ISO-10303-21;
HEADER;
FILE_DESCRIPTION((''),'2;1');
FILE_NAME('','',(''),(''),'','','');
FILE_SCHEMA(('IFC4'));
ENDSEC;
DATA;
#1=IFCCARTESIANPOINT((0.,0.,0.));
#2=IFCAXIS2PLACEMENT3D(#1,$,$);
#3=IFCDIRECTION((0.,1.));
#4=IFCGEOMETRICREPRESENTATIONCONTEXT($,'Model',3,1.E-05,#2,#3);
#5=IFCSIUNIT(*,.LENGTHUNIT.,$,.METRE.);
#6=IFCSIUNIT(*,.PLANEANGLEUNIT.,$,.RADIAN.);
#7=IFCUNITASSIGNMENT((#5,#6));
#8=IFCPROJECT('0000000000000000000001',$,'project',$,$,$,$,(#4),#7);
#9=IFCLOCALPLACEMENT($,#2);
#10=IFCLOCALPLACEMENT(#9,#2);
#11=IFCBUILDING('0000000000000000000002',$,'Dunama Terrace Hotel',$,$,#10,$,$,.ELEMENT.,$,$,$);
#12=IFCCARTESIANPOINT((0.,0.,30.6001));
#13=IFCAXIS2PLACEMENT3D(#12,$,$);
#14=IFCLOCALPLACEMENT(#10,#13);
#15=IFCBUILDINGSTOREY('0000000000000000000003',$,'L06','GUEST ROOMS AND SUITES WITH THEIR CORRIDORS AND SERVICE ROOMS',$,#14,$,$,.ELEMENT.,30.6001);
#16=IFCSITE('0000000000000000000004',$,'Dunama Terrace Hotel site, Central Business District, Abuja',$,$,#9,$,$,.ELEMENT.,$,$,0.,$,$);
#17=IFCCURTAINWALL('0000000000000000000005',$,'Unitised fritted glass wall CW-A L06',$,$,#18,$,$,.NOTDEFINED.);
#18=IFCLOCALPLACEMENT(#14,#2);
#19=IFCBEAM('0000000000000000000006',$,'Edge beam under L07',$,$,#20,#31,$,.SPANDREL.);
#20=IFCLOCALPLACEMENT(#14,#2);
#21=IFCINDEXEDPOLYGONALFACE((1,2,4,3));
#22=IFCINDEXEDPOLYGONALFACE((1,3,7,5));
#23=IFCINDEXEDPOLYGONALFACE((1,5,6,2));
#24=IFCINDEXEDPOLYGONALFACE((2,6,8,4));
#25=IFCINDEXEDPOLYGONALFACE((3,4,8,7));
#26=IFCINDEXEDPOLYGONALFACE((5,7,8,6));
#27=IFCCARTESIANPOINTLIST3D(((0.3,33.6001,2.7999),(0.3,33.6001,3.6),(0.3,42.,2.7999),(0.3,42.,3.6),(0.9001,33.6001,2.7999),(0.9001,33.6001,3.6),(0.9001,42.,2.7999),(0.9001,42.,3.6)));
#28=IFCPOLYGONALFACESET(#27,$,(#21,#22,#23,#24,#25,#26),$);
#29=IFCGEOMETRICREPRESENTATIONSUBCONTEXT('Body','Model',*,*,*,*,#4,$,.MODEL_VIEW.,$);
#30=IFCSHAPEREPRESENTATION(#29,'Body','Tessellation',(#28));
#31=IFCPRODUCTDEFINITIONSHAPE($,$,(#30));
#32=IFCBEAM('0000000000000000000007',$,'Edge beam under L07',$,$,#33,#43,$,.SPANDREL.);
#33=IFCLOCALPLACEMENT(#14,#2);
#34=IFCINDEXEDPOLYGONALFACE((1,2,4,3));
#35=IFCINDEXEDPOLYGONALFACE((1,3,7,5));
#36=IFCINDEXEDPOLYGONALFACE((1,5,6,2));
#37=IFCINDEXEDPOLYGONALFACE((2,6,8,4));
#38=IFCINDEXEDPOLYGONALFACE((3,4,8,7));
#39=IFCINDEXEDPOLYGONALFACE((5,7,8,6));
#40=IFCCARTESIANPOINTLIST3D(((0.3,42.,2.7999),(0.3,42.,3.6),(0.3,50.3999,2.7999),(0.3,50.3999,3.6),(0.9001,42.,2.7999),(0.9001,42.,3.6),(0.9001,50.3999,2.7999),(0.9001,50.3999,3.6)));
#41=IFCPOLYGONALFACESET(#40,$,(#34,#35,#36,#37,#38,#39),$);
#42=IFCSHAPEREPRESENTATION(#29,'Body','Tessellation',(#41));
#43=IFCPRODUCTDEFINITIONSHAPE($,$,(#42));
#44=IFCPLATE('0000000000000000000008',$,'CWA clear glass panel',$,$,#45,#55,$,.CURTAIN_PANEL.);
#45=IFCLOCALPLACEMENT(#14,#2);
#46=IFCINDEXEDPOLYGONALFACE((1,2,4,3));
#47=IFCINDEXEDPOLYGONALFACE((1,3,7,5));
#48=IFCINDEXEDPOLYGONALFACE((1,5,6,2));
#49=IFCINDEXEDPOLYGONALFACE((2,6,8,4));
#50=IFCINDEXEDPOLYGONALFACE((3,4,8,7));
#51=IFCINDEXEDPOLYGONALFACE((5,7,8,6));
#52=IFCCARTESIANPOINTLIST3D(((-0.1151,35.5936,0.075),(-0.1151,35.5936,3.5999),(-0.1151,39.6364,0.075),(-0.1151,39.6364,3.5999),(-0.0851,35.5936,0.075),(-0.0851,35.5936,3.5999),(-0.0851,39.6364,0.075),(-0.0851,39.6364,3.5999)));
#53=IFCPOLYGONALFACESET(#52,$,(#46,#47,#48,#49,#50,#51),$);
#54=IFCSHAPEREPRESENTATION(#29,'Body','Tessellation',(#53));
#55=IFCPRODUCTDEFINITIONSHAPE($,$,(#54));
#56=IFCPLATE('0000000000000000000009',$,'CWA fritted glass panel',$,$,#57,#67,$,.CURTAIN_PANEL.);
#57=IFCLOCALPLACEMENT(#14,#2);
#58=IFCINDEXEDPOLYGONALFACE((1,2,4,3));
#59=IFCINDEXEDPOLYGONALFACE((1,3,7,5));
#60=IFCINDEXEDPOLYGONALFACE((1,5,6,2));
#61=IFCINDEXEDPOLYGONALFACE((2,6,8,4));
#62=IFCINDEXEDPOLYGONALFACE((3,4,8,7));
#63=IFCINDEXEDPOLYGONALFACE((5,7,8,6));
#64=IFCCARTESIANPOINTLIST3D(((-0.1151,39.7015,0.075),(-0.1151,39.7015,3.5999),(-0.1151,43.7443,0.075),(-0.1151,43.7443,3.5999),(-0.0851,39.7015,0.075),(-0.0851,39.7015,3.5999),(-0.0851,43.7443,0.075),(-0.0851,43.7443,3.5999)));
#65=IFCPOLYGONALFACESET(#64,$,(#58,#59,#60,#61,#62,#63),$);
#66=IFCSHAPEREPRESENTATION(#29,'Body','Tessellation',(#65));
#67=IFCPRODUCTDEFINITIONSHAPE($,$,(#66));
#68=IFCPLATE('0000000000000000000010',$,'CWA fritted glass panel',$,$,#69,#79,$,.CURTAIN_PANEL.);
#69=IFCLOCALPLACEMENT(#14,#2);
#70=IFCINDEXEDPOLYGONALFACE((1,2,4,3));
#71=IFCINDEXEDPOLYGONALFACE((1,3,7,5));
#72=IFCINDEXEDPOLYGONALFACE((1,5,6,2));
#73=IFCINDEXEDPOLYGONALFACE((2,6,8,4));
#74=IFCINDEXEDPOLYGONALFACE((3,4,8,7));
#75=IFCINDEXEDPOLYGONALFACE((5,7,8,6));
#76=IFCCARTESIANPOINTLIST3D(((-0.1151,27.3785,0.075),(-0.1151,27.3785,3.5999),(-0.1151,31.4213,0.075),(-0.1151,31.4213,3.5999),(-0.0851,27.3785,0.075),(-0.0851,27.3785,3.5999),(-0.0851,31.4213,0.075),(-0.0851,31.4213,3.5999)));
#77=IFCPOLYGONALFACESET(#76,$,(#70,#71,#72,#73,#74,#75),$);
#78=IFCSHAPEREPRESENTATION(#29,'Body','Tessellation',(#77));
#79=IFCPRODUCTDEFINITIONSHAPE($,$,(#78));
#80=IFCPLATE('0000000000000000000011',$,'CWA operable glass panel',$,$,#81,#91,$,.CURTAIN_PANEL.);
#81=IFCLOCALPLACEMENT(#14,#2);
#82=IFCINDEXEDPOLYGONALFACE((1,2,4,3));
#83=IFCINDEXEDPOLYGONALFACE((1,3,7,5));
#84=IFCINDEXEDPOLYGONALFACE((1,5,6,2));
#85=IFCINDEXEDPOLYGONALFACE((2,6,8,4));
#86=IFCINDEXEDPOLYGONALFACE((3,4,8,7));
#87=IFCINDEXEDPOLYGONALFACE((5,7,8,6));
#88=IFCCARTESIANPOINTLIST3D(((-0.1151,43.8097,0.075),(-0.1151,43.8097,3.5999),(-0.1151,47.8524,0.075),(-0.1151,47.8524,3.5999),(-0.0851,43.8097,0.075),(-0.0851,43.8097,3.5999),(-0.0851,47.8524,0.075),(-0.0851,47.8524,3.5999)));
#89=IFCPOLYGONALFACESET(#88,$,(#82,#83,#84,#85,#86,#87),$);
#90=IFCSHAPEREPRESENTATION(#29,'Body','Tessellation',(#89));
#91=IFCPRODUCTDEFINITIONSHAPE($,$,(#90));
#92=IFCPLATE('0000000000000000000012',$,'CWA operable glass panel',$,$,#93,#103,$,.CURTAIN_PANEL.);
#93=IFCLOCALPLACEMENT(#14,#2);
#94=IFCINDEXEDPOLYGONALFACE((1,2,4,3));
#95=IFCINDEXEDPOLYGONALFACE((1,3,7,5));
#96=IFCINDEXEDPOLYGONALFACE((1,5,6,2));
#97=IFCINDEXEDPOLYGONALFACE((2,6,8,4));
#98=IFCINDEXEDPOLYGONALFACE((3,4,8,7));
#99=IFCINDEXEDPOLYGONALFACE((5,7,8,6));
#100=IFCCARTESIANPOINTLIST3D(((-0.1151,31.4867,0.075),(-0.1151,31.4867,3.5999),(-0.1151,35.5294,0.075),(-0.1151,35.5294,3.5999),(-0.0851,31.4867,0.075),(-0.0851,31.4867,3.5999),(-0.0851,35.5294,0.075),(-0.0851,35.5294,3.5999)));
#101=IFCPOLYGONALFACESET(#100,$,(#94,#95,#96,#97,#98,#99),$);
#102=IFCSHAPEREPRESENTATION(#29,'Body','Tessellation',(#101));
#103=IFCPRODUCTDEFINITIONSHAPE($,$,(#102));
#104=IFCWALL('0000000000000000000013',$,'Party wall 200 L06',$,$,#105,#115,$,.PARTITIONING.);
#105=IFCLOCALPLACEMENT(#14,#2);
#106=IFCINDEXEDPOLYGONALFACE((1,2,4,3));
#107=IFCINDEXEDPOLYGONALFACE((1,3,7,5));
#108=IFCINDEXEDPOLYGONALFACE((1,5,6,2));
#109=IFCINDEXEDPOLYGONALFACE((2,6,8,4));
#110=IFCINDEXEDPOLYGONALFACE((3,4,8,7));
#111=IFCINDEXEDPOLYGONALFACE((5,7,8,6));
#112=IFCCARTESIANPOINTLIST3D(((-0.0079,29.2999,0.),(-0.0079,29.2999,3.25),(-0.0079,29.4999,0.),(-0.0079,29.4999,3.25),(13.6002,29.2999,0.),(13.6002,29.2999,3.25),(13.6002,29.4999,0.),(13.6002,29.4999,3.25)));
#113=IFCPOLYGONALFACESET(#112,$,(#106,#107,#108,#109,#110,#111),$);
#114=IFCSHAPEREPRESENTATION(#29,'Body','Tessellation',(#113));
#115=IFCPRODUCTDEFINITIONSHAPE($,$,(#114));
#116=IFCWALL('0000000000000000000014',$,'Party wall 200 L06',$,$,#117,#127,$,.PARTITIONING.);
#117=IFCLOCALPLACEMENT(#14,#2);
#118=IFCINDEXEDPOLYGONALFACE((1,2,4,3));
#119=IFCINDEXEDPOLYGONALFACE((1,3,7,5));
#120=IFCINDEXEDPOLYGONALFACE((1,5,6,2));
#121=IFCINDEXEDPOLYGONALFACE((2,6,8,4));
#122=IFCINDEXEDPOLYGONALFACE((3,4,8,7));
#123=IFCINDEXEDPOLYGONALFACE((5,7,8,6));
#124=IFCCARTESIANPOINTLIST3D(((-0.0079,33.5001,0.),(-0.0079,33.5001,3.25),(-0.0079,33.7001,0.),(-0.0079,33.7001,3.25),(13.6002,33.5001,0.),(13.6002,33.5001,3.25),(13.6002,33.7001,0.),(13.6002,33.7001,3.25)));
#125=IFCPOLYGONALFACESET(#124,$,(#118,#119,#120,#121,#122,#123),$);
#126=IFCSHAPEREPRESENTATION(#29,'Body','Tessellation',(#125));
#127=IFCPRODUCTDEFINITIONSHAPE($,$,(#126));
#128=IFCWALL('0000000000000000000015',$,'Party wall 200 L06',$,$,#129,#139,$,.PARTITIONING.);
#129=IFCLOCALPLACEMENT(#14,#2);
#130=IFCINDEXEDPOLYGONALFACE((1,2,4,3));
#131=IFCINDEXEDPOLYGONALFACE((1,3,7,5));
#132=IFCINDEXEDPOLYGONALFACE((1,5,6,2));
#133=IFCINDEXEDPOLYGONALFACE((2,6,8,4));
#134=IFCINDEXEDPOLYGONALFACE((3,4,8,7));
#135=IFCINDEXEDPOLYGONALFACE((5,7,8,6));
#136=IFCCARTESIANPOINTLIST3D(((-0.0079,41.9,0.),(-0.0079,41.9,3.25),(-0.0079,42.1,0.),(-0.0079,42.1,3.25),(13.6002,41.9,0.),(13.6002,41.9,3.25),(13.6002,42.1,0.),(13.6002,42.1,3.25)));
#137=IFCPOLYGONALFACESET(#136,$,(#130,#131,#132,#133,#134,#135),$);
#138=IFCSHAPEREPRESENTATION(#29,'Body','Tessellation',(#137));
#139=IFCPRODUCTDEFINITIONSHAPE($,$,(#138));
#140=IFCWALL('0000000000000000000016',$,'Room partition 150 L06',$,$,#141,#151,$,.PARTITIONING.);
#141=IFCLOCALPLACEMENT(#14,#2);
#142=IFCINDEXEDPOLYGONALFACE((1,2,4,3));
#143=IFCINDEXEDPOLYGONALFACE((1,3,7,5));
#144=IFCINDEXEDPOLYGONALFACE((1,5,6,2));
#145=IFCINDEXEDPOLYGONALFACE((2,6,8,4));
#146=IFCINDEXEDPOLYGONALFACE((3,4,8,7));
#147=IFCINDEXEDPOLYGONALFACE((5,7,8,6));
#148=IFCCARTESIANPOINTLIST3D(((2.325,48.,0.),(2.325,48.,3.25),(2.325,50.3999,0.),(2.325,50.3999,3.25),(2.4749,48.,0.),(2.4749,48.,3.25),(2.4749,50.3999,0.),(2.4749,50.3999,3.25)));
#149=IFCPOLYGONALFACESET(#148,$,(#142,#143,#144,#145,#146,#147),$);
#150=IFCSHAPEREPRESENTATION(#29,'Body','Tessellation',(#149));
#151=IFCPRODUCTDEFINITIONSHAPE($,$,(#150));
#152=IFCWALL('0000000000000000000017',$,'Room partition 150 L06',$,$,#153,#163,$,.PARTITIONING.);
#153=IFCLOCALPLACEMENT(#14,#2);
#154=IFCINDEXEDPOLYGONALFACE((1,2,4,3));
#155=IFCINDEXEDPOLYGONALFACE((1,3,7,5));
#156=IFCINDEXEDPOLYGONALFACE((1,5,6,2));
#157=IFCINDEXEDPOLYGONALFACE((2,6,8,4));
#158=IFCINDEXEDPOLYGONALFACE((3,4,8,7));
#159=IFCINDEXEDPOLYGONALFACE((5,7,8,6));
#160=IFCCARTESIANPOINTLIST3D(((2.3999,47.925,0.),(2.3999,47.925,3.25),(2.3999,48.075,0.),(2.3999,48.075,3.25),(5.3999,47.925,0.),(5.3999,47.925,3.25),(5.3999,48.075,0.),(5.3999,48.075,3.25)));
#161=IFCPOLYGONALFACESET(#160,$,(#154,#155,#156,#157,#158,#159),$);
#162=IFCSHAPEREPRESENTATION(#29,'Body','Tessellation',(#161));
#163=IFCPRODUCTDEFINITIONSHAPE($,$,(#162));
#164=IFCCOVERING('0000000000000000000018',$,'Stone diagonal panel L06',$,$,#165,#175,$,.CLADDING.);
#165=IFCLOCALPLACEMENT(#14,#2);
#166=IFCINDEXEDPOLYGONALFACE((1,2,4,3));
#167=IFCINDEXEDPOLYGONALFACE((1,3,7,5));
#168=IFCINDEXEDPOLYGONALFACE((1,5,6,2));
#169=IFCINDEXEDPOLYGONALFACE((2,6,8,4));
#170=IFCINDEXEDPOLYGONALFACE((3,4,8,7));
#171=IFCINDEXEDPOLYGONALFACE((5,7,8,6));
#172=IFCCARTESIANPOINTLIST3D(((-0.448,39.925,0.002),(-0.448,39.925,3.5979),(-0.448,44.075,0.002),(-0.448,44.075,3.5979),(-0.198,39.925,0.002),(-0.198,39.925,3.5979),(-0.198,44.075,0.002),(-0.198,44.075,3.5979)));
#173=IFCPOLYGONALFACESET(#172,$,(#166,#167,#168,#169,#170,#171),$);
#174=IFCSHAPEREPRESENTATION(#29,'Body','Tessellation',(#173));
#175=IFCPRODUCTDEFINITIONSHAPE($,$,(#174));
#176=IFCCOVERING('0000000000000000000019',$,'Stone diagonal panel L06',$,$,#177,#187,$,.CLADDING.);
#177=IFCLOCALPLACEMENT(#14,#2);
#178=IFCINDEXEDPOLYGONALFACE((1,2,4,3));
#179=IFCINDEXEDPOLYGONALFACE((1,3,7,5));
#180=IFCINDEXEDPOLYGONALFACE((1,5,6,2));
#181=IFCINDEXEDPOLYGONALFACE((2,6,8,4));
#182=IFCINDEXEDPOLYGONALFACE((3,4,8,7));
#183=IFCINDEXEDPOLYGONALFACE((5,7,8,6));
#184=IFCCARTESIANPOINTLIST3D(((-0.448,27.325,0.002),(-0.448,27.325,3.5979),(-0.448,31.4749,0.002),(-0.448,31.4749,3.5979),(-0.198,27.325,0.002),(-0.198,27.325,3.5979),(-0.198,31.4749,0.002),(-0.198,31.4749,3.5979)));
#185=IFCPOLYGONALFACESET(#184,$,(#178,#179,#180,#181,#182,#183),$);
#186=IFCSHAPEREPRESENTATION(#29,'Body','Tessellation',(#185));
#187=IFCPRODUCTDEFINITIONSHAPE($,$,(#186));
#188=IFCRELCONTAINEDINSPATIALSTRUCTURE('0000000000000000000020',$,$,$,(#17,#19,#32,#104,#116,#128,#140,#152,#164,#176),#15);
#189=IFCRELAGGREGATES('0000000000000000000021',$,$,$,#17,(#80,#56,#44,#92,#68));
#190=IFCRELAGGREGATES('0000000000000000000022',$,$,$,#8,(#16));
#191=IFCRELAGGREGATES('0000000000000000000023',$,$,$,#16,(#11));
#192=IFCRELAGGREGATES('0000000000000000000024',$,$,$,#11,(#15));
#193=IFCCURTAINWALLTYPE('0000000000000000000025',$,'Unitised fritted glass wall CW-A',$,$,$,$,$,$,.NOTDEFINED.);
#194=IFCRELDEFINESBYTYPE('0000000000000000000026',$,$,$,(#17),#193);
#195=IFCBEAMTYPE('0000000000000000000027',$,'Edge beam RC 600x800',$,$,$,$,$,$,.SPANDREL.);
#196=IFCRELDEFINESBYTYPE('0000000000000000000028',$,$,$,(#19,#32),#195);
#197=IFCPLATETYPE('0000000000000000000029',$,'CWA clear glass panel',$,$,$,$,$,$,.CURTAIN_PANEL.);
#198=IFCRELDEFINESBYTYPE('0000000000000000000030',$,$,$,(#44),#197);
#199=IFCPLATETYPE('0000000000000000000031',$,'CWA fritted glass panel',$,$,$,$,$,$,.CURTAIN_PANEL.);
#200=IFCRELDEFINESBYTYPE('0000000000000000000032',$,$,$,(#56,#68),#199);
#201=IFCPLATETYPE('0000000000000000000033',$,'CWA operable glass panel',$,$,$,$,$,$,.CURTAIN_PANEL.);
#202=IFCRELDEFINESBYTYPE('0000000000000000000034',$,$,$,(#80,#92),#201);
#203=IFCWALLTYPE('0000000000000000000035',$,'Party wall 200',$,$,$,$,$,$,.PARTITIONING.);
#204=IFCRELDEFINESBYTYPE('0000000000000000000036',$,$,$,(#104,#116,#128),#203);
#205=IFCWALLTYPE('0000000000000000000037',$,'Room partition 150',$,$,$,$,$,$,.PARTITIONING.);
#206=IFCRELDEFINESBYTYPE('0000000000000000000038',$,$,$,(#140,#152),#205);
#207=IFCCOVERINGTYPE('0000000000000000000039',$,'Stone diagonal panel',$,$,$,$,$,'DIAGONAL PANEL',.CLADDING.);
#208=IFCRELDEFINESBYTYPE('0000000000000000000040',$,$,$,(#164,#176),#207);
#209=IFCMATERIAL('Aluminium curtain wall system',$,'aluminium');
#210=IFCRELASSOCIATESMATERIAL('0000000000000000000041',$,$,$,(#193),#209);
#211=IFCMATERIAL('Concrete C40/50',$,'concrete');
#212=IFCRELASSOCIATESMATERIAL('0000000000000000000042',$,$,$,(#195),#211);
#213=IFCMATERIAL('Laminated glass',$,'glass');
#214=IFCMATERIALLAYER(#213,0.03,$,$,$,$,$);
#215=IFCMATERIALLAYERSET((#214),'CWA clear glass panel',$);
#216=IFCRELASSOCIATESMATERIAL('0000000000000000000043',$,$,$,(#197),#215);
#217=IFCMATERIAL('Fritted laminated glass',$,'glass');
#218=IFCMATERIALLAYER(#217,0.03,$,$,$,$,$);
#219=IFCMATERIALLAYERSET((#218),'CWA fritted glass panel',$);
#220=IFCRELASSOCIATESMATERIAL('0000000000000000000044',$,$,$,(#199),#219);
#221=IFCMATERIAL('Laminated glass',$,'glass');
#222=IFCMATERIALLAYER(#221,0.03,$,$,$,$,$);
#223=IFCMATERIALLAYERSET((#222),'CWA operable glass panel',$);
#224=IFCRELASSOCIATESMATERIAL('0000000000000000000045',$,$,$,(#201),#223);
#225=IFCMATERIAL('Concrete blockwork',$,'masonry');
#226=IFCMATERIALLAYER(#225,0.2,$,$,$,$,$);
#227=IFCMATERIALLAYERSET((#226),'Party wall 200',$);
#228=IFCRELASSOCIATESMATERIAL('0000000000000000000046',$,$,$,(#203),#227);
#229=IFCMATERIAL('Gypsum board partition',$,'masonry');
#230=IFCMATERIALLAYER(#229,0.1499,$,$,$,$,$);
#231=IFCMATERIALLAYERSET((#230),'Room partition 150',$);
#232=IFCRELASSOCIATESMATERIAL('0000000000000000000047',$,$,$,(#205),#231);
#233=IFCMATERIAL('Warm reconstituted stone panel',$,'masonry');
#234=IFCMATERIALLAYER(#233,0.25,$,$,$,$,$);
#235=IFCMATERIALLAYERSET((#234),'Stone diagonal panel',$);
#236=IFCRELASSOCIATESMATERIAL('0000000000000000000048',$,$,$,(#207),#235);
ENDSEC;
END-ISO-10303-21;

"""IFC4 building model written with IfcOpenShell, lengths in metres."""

from ifc_helpers import new_model, si_unit, direction, frame, frame_2d, origin, origin_2d, place, context, subcontext, project, spatial, rectangle, extrude, material, layer, layer_set, material_profile, profile_set, type_object, element, aggregate, save


model = new_model("IFC4")

# Units and contexts
model_context = context("Model", 3, precision=1e-05, world=origin(), true_north=direction((0.0, 1.0)))
body_context = subcontext(model_context, "Body", "Model", "MODEL_VIEW")
ifc_project = project(units=[si_unit("LENGTHUNIT", "METRE"), si_unit("PLANEANGLEUNIT", "RADIAN")], contexts=[model_context])

# Site, building, storey
site_placement = place(None, origin())
site = spatial("IfcSite", under=ifc_project, at=site_placement, Name="Dunama Terrace Hotel site, Central Business District, Abuja", CompositionType="ELEMENT", RefElevation=0.0)
building_placement = place(site_placement, origin())
building = spatial("IfcBuilding", under=site, at=building_placement, Name="Dunama Terrace Hotel", CompositionType="ELEMENT")
storey_placement = place(building_placement, frame((0.0, 0.0, 30.6001)))
storey = spatial("IfcBuildingStorey", under=building, at=storey_placement, Name="L06", Description="GUEST ROOMS AND SUITES WITH THEIR CORRIDORS AND SERVICE ROOMS", CompositionType="ELEMENT", Elevation=30.6001)

# Curtain wall
ifc_material_1 = material(Name="Aluminium curtain wall system", Category="aluminium")
curtain_wall_type = type_object("IfcCurtainWallType", Name="Unitised fritted glass wall CW-A", PredefinedType="NOTDEFINED", material=ifc_material_1)
curtain_wall_placement = place(storey_placement, origin())
curtain_wall = element("IfcCurtainWall", 1, at=curtain_wall_placement, inside=storey, type_object=curtain_wall_type, Name="Unitised fritted glass wall CW-A L06", PredefinedType="NOTDEFINED")

# Beams
ifc_material_2 = material(Name="Concrete C40/50", Category="concrete")
ifc_material_profile_1 = material_profile(ifc_material_2, rectangle(XDim=0.6001, YDim=0.8, at=origin_2d()), Name="RC 600x800")
ifc_profile_set_1 = profile_set([ifc_material_profile_1], Name="Concrete C40/50")
beam_type = type_object("IfcBeamType", Name="Edge beam RC 600x800", PredefinedType="SPANDREL", material=ifc_profile_set_1)
for number, where, z_axis, x_axis, name in (
    (2, (0.6001, 33.6001, 3.2), (0.0, 1.0, 0.0), (-1.0, 0.0, 0.0), "Edge beam under L07"),
    (3, (0.6001, 42.0, 3.2), (0.0, 1.0, 0.0), (-1.0, 0.0, 0.0), "Edge beam under L07"),
):
    element("IfcBeam", number, at=place(storey_placement, frame(where, z_axis=z_axis, x_axis=x_axis)), inside=storey, type_object=beam_type, Name=name, PredefinedType="SPANDREL", context=body_context, shape_type="SweptSolid", body=[
        extrude(rectangle(XDim=0.6001, YDim=0.8, at=origin_2d()), origin(), (0.0, 0.0, 1.0), 8.3999),
    ])

# Plates
ifc_material_3 = material(Name="Laminated glass", Category="glass")
ifc_layer_1 = layer(ifc_material_3, 0.03)
ifc_layer_set_1 = layer_set([ifc_layer_1], Name="CWA clear glass panel")
plate_type_1 = type_object("IfcPlateType", Name="CWA clear glass panel", PredefinedType="CURTAIN_PANEL", material=ifc_layer_set_1)
plate_1_placement = place(storey_placement, frame((-0.1001, 37.615, 0.075), z_axis=(0.0, 0.0, 1.0), x_axis=(0.0, -1.0, 0.0)))
plate_1 = element("IfcPlate", 4, at=plate_1_placement, type_object=plate_type_1, Name="CWA clear glass panel", PredefinedType="CURTAIN_PANEL", context=body_context, shape_type="SweptSolid", body=[
    extrude(rectangle(XDim=4.0427, YDim=0.03, at=origin_2d()), origin(), (0.0, 0.0, 1.0), 3.5249),
])
ifc_material_4 = material(Name="Fritted laminated glass", Category="glass")
ifc_layer_2 = layer(ifc_material_4, 0.03)
ifc_layer_set_2 = layer_set([ifc_layer_2], Name="CWA fritted glass panel")
plate_type_2 = type_object("IfcPlateType", Name="CWA fritted glass panel", PredefinedType="CURTAIN_PANEL", material=ifc_layer_set_2)
plate_2_placement = place(storey_placement, frame((-0.1001, 41.7229, 0.075), z_axis=(0.0, 0.0, 1.0), x_axis=(0.0, -1.0, 0.0)))
plate_2 = element("IfcPlate", 5, at=plate_2_placement, type_object=plate_type_2, Name="CWA fritted glass panel", PredefinedType="CURTAIN_PANEL", context=body_context, shape_type="SweptSolid", body=[
    extrude(rectangle(XDim=4.0427, YDim=0.03, at=origin_2d()), origin(), (0.0, 0.0, 1.0), 3.5249),
])
plate_3_placement = place(storey_placement, frame((-0.1001, 29.3999, 0.075), z_axis=(0.0, 0.0, 1.0), x_axis=(0.0, -1.0, 0.0)))
plate_3 = element("IfcPlate", 6, at=plate_3_placement, type_object=plate_type_2, Name="CWA fritted glass panel", PredefinedType="CURTAIN_PANEL", context=body_context, shape_type="SweptSolid", body=[
    extrude(rectangle(XDim=4.0427, YDim=0.03, at=origin_2d()), origin(), (0.0, 0.0, 1.0), 3.5249),
])
ifc_material_5 = material(Name="Laminated glass", Category="glass")
ifc_layer_3 = layer(ifc_material_5, 0.03)
ifc_layer_set_3 = layer_set([ifc_layer_3], Name="CWA operable glass panel")
plate_type_3 = type_object("IfcPlateType", Name="CWA operable glass panel", PredefinedType="CURTAIN_PANEL", material=ifc_layer_set_3)
plate_4_placement = place(storey_placement, frame((-0.1001, 45.8311, 0.075), z_axis=(0.0, 0.0, 1.0), x_axis=(0.0, -1.0, 0.0)))
plate_4 = element("IfcPlate", 7, at=plate_4_placement, type_object=plate_type_3, Name="CWA operable glass panel", PredefinedType="CURTAIN_PANEL", context=body_context, shape_type="SweptSolid", body=[
    extrude(rectangle(XDim=4.0427, YDim=0.03, at=origin_2d()), origin(), (0.0, 0.0, 1.0), 3.5249),
])
plate_5_placement = place(storey_placement, frame((-0.1001, 33.5081, 0.075), z_axis=(0.0, 0.0, 1.0), x_axis=(0.0, -1.0, 0.0)))
plate_5 = element("IfcPlate", 8, at=plate_5_placement, type_object=plate_type_3, Name="CWA operable glass panel", PredefinedType="CURTAIN_PANEL", context=body_context, shape_type="SweptSolid", body=[
    extrude(rectangle(XDim=4.0427, YDim=0.03, at=origin_2d()), origin(), (0.0, 0.0, 1.0), 3.5249),
])
aggregate(curtain_wall, [plate_4, plate_2, plate_1, plate_5, plate_3])

# Walls
ifc_material_6 = material(Name="Concrete blockwork", Category="masonry")
ifc_layer_4 = layer(ifc_material_6, 0.2)
ifc_layer_set_4 = layer_set([ifc_layer_4], Name="Party wall 200")
wall_type_1 = type_object("IfcWallType", Name="Party wall 200", PredefinedType="PARTITIONING", material=ifc_layer_set_4)
for number, where, z_axis, x_axis, name in (
    (9, (-0.0081, 29.3999, 0.0), (0.0, 0.0, 1.0), (1.0, 0.0, 0.0), "Party wall 200 L06"),
    (10, (-0.0081, 33.6001, 0.0), (0.0, 0.0, 1.0), (1.0, 0.0, 0.0), "Party wall 200 L06"),
    (11, (-0.0081, 42.0, 0.0), (0.0, 0.0, 1.0), (1.0, 0.0, 0.0), "Party wall 200 L06"),
):
    element("IfcWall", number, at=place(storey_placement, frame(where, z_axis=z_axis, x_axis=x_axis)), inside=storey, type_object=wall_type_1, Name=name, PredefinedType="PARTITIONING", context=body_context, shape_type="SweptSolid", body=[
        extrude(rectangle(XDim=13.6082, YDim=0.2, at=frame_2d((6.8042, 0.0))), origin(), (0.0, 0.0, 1.0), 3.25),
    ])
ifc_material_7 = material(Name="Gypsum board partition", Category="masonry")
ifc_layer_5 = layer(ifc_material_7, 0.1499)
ifc_layer_set_5 = layer_set([ifc_layer_5], Name="Room partition 150")
wall_type_2 = type_object("IfcWallType", Name="Room partition 150", PredefinedType="PARTITIONING", material=ifc_layer_set_5)
wall_1_placement = place(storey_placement, frame((2.3999, 48.0, 0.0), z_axis=(0.0, 0.0, 1.0), x_axis=(0.0, 1.0, 0.0)))
element("IfcWall", 12, at=wall_1_placement, inside=storey, type_object=wall_type_2, Name="Room partition 150 L06", PredefinedType="PARTITIONING", context=body_context, shape_type="SweptSolid", body=[
    extrude(rectangle(XDim=2.3999, YDim=0.1499, at=frame_2d((1.2, 0.0))), origin(), (0.0, 0.0, 1.0), 3.25),
])
wall_2_placement = place(storey_placement, frame((2.3999, 48.0, 0.0), z_axis=(0.0, 0.0, 1.0), x_axis=(1.0, 0.0, 0.0)))
element("IfcWall", 13, at=wall_2_placement, inside=storey, type_object=wall_type_2, Name="Room partition 150 L06", PredefinedType="PARTITIONING", context=body_context, shape_type="SweptSolid", body=[
    extrude(rectangle(XDim=3.0, YDim=0.1499, at=frame_2d((1.5, 0.0))), origin(), (0.0, 0.0, 1.0), 3.25),
])

# Coverings
ifc_material_8 = material(Name="Warm reconstituted stone panel", Category="masonry")
ifc_layer_6 = layer(ifc_material_8, 0.25)
ifc_layer_set_6 = layer_set([ifc_layer_6], Name="Stone diagonal panel")
covering_type = type_object("IfcCoveringType", Name="Stone diagonal panel", ElementType="DIAGONAL PANEL", PredefinedType="CLADDING", material=ifc_layer_set_6)
for number, where, z_axis, x_axis, name in (
    (14, (-0.323, 42.0, 0.002), (0.0, 0.0, 1.0), (0.0, -1.0, 0.0), "Stone diagonal panel L06"),
    (15, (-0.323, 29.3999, 0.002), (0.0, 0.0, 1.0), (0.0, -1.0, 0.0), "Stone diagonal panel L06"),
):
    element("IfcCovering", number, at=place(storey_placement, frame(where, z_axis=z_axis, x_axis=x_axis)), inside=storey, type_object=covering_type, Name=name, PredefinedType="CLADDING", context=body_context, shape_type="SweptSolid", body=[
        extrude(rectangle(XDim=4.1499, YDim=0.25, at=origin_2d()), origin(), (0.0, 0.0, 1.0), 3.5959),
    ])

save(model, "model.ifc")
